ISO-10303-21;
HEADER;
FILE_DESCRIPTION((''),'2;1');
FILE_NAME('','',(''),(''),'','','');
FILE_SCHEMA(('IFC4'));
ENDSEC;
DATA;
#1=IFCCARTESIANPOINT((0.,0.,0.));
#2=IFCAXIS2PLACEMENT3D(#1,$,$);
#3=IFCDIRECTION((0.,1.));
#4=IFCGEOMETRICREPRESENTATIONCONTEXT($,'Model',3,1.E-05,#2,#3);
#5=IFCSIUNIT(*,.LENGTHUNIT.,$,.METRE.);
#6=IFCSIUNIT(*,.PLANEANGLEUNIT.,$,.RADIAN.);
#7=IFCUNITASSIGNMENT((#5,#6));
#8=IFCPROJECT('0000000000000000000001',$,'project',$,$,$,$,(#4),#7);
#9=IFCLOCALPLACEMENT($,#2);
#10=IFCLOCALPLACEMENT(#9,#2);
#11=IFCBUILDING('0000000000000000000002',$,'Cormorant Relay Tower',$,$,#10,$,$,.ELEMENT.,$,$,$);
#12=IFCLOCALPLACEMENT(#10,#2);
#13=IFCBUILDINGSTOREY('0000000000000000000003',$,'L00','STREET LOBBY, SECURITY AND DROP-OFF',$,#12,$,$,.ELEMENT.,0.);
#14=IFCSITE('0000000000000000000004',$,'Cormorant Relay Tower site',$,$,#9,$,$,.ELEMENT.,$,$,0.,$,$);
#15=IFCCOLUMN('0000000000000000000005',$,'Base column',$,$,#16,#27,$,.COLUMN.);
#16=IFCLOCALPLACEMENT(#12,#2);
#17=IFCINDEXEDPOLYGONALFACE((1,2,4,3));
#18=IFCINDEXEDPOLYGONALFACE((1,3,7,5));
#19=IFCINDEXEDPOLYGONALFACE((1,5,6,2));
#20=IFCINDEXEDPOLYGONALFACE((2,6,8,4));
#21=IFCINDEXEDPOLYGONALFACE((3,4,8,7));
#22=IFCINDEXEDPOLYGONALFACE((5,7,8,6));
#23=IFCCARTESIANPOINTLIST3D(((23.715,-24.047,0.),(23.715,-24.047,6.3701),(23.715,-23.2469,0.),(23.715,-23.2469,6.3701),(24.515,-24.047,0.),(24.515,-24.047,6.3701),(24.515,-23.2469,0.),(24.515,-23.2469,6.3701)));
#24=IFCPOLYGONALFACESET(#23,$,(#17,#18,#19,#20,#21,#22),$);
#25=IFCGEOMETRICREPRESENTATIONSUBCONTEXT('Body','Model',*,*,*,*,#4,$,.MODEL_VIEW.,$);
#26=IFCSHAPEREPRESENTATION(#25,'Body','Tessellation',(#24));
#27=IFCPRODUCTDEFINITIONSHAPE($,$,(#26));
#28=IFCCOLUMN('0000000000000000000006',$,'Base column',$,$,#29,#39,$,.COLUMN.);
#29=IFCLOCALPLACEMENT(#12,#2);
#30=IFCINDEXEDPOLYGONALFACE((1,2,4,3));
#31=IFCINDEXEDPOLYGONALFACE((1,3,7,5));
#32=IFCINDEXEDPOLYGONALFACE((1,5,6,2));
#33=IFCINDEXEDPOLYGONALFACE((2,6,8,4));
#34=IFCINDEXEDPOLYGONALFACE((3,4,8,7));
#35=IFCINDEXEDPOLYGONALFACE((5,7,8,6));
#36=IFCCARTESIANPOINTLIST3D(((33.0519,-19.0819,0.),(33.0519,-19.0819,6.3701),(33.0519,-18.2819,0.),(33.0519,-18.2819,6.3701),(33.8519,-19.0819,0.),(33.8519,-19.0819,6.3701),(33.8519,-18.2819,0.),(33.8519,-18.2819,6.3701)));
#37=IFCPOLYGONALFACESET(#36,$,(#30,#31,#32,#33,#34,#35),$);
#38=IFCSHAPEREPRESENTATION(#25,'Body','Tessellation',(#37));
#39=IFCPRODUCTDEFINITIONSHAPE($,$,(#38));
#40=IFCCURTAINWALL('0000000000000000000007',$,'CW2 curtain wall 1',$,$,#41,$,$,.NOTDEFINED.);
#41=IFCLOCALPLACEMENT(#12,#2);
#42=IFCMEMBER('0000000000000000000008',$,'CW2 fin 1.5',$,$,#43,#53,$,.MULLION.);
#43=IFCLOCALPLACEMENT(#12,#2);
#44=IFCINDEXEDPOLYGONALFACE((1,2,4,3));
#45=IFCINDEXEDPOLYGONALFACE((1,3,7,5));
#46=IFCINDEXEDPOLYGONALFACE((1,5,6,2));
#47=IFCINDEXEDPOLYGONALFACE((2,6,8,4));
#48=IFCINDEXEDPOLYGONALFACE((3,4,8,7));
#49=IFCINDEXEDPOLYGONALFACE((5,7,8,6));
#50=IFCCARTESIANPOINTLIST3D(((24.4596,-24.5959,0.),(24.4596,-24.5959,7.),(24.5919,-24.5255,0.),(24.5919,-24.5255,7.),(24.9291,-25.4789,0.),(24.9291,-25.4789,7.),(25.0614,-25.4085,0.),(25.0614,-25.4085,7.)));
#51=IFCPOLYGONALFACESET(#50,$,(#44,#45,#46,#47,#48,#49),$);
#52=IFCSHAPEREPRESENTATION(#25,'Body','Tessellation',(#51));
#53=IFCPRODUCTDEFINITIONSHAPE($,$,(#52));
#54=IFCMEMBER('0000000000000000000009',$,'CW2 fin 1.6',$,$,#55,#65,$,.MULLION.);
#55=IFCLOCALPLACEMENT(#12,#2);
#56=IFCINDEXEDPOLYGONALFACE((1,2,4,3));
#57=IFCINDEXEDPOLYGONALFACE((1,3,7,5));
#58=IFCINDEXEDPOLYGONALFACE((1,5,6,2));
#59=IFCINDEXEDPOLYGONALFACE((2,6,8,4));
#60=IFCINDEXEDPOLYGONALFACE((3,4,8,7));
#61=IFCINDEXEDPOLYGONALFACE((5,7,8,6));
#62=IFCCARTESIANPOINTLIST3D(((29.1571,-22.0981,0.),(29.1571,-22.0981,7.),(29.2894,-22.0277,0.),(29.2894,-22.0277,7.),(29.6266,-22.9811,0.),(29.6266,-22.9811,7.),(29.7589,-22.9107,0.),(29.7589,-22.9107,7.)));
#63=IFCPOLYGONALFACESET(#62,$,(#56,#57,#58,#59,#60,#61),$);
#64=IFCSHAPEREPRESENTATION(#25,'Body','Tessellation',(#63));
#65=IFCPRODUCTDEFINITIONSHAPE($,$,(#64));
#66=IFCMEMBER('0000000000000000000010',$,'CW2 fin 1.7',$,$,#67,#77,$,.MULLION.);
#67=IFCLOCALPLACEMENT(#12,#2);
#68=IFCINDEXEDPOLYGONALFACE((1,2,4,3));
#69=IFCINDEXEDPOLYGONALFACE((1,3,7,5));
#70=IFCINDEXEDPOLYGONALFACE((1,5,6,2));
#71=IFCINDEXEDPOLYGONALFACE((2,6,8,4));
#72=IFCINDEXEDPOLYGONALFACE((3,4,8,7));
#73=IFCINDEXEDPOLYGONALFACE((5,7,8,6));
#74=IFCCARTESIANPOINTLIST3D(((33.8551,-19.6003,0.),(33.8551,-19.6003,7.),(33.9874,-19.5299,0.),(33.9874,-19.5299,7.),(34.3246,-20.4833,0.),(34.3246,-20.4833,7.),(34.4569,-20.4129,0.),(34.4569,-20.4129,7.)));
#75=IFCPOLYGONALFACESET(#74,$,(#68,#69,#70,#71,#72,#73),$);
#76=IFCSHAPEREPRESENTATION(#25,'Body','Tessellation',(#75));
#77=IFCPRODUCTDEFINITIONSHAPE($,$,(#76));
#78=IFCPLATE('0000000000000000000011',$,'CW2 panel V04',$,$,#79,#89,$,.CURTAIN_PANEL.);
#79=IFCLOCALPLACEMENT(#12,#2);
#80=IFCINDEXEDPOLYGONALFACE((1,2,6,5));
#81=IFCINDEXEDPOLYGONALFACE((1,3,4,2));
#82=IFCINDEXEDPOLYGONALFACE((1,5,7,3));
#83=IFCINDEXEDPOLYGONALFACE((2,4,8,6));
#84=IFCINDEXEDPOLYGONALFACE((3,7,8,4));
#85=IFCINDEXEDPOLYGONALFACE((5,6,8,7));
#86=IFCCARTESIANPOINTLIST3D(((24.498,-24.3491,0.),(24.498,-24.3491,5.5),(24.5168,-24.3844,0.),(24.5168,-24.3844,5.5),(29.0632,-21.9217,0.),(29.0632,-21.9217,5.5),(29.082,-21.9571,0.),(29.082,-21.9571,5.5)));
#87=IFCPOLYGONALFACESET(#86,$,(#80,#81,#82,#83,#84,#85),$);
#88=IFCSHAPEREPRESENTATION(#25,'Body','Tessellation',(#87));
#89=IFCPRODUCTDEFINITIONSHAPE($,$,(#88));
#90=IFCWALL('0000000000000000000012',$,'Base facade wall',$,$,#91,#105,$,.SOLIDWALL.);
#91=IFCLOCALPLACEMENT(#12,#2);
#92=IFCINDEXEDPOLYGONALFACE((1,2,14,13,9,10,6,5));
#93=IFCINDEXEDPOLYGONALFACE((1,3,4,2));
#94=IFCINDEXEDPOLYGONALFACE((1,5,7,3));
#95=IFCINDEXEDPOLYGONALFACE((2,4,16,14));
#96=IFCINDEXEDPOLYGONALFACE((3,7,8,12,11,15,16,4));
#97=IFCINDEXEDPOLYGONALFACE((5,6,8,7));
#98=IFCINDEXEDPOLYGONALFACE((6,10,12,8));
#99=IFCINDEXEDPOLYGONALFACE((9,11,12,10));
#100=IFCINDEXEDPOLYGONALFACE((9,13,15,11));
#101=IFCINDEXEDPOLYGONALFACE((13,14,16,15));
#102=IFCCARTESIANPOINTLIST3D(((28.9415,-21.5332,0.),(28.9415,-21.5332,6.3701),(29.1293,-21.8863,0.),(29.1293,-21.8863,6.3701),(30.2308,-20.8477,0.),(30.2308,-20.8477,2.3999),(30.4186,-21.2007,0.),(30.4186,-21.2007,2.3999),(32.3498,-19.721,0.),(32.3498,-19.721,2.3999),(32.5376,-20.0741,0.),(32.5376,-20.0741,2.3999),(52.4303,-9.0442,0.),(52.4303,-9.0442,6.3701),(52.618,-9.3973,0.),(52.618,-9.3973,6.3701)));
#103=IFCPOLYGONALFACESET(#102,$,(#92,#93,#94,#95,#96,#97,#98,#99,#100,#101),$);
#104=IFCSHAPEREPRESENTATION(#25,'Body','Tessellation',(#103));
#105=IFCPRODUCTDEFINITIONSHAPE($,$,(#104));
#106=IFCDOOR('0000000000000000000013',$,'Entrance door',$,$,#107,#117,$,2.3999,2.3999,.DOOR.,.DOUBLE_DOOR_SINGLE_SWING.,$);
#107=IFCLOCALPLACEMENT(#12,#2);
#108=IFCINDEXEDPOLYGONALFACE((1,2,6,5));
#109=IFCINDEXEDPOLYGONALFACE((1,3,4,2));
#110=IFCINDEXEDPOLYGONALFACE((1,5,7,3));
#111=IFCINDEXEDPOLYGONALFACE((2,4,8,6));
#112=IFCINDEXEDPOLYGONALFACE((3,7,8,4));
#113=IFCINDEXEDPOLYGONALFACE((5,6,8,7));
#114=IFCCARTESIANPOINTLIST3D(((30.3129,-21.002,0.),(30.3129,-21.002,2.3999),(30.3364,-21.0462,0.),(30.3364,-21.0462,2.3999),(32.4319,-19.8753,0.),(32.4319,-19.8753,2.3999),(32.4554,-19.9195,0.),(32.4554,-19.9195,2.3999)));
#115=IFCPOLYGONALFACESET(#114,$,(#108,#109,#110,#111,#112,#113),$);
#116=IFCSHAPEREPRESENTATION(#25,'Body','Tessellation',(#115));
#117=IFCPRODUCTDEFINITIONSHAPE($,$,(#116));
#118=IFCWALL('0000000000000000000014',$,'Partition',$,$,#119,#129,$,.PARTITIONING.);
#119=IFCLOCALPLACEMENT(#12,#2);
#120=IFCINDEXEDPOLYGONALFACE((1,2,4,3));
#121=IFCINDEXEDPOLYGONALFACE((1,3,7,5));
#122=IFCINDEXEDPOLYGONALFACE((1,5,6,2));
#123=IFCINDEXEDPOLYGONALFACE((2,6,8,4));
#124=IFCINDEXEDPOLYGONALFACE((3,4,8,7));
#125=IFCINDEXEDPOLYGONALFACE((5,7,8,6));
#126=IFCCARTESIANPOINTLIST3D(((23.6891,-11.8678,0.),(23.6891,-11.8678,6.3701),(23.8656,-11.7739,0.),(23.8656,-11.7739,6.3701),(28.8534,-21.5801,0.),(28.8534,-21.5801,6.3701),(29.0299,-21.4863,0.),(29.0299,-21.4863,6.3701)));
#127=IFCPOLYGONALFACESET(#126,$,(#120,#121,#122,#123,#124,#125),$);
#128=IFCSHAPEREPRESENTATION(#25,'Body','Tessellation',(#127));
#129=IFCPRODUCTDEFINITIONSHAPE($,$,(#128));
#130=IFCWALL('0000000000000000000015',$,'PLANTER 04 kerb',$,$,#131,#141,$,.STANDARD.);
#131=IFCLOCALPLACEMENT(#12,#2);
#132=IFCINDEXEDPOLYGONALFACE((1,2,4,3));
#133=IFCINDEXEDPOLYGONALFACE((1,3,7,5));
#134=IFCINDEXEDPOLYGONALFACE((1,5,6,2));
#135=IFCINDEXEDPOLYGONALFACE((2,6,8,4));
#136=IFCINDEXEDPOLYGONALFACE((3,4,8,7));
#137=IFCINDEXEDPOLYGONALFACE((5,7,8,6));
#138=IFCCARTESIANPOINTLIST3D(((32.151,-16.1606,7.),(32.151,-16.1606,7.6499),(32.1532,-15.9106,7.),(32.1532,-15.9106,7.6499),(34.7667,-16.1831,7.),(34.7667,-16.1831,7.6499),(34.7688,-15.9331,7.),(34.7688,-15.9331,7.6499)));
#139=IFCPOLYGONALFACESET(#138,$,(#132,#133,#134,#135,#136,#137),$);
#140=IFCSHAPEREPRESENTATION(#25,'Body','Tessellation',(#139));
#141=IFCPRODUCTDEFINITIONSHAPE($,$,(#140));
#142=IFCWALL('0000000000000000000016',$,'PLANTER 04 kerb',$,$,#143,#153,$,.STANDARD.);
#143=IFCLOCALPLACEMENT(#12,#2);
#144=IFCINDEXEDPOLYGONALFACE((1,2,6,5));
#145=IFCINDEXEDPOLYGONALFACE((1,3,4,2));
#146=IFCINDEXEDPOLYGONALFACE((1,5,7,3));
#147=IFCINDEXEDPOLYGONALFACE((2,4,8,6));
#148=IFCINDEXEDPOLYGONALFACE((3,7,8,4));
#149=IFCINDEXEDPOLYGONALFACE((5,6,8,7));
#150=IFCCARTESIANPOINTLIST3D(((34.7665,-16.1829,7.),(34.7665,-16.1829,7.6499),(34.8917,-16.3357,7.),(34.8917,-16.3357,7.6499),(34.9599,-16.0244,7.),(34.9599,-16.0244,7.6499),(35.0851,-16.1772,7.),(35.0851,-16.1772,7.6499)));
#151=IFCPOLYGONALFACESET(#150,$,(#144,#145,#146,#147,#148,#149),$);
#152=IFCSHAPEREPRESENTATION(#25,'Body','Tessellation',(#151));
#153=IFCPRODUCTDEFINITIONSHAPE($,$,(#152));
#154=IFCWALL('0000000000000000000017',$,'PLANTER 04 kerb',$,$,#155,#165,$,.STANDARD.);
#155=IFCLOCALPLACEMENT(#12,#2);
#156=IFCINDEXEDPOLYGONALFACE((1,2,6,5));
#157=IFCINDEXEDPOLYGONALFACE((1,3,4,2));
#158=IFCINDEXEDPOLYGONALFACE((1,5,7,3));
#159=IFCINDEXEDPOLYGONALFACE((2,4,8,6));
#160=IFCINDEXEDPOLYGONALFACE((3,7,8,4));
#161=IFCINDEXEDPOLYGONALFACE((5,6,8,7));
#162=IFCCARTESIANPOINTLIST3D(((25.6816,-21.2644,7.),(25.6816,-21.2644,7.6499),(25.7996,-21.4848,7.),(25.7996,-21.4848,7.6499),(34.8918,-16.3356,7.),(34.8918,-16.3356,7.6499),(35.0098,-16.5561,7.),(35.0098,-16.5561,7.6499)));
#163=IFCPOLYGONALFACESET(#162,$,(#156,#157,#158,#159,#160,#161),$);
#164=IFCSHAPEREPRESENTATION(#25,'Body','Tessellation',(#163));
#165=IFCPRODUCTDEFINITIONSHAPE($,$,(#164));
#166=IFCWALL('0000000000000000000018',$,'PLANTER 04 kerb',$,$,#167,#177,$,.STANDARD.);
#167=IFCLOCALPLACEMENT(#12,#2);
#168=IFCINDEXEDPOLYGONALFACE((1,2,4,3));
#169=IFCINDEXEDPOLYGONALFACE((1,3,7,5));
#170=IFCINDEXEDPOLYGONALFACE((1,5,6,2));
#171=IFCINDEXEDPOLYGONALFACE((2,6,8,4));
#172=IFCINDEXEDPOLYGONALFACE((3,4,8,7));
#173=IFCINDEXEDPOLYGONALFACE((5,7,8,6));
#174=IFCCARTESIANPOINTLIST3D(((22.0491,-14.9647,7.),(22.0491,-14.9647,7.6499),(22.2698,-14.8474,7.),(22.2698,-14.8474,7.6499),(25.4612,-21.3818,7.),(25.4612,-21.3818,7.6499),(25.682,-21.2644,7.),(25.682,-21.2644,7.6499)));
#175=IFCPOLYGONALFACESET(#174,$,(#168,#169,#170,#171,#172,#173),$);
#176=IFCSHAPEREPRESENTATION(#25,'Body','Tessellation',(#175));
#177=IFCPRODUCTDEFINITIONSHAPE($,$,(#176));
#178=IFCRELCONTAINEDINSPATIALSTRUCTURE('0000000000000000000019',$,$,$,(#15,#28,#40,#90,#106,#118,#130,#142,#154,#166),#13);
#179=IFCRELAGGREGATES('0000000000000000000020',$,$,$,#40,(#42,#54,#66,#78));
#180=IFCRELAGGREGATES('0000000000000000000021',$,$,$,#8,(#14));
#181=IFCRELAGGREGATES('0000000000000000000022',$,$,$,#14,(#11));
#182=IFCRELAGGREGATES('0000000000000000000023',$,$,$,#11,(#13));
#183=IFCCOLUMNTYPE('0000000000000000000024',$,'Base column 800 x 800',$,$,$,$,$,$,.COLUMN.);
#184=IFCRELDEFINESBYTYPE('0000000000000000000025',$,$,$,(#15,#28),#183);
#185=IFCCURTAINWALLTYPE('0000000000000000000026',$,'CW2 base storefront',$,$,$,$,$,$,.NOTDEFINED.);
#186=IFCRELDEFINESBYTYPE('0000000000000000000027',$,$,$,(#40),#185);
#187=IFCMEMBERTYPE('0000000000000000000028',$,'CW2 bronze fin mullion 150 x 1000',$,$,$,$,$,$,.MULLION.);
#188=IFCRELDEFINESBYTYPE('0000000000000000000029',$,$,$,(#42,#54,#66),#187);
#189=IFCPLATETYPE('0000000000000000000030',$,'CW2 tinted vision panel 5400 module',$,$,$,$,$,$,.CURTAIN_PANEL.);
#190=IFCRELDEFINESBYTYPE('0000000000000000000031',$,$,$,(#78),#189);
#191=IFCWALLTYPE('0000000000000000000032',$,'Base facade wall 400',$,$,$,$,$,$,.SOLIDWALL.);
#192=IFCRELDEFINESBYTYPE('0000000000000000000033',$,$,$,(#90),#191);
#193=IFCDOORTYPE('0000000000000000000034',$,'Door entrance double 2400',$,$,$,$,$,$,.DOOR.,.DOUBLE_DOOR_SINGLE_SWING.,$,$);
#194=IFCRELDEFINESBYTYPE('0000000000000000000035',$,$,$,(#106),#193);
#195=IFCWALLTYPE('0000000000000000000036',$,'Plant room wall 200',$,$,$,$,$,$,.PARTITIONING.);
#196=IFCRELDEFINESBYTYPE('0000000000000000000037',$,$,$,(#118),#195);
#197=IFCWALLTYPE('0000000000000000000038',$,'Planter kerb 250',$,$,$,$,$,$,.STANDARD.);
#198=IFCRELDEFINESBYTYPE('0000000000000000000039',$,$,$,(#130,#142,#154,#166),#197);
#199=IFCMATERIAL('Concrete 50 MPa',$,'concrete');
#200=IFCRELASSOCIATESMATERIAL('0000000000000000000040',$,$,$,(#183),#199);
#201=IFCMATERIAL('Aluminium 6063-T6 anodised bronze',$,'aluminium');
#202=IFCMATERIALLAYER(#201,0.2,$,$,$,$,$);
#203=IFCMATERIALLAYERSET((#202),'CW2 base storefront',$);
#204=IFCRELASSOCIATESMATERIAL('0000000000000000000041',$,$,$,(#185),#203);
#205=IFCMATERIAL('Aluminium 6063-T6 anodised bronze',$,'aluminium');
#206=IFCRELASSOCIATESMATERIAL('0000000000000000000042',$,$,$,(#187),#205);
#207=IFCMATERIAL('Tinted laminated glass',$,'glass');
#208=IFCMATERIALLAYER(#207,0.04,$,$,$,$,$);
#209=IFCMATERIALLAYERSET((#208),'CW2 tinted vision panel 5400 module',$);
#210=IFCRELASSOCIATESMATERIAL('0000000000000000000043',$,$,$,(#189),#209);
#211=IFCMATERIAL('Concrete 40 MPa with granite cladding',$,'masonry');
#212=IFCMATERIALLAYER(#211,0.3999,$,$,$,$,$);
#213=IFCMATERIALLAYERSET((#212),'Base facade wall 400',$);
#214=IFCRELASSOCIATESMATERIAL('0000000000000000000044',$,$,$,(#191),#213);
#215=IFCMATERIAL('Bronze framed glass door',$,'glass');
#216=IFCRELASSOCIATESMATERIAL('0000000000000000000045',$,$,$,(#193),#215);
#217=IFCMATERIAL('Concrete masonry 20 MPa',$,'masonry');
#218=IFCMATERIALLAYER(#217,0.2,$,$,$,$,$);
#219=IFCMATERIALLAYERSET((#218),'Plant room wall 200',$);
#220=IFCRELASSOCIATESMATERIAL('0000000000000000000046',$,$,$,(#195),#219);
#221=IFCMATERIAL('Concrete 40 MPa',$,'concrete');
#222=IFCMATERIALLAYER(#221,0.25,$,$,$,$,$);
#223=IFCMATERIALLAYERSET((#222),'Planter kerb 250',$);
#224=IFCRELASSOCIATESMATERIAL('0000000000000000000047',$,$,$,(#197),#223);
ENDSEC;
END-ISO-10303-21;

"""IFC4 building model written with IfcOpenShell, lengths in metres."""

from ifc_helpers import new_model, si_unit, direction, frame, frame_2d, origin, origin_2d, place, context, subcontext, project, spatial, rectangle, extrude, material, layer, layer_set, material_profile, profile_set, type_object, element, fill, aggregate, save


model = new_model("IFC4")

# Units and contexts
model_context = context("Model", 3, precision=1e-05, world=origin(), true_north=direction((0.0, 1.0)))
body_context = subcontext(model_context, "Body", "Model", "MODEL_VIEW")
ifc_project = project(units=[si_unit("LENGTHUNIT", "METRE"), si_unit("PLANEANGLEUNIT", "RADIAN")], contexts=[model_context])

# Site, building, storey
site_placement = place(None, origin())
site = spatial("IfcSite", under=ifc_project, at=site_placement, Name="Cormorant Relay Tower site", CompositionType="ELEMENT", RefElevation=0.0)
building_placement = place(site_placement, origin())
building = spatial("IfcBuilding", under=site, at=building_placement, Name="Cormorant Relay Tower", CompositionType="ELEMENT")
storey_placement = place(building_placement, origin())
storey = spatial("IfcBuildingStorey", under=building, at=storey_placement, Name="L00", Description="STREET LOBBY, SECURITY AND DROP-OFF", CompositionType="ELEMENT", Elevation=0.0)

# Columns
ifc_material_1 = material(Name="Concrete 50 MPa", Category="concrete")
ifc_material_profile_1 = material_profile(ifc_material_1, rectangle(XDim=0.8, YDim=0.8, at=origin_2d()), Name="RC 800x800")
ifc_profile_set_1 = profile_set([ifc_material_profile_1], Name="Concrete 50 MPa")
column_type = type_object("IfcColumnType", Name="Base column 800 x 800", PredefinedType="COLUMN", material=ifc_profile_set_1)
for number, where, z_axis, x_axis, name in (
    (1, (24.115, -23.647, 0.0), (0.0, 0.0, 1.0), (1.0, 0.0, 0.0), "Base column"),
    (2, (33.4519, -18.6819, 0.0), (0.0, 0.0, 1.0), (1.0, 0.0, 0.0), "Base column"),
):
    element("IfcColumn", number, at=place(storey_placement, frame(where, z_axis=z_axis, x_axis=x_axis)), inside=storey, type_object=column_type, Name=name, PredefinedType="COLUMN", context=body_context, shape_type="SweptSolid", body=[
        extrude(rectangle(XDim=0.8, YDim=0.8, at=origin_2d()), origin(), (0.0, 0.0, 1.0), 6.3701),
    ])

# Curtain wall, members, plate
ifc_material_2 = material(Name="Aluminium 6063-T6 anodised bronze", Category="aluminium")
ifc_layer_1 = layer(ifc_material_2, 0.2)
ifc_layer_set_1 = layer_set([ifc_layer_1], Name="CW2 base storefront")
curtain_wall_type = type_object("IfcCurtainWallType", Name="CW2 base storefront", PredefinedType="NOTDEFINED", material=ifc_layer_set_1)
curtain_wall_placement = place(storey_placement, origin())
curtain_wall = element("IfcCurtainWall", 3, at=curtain_wall_placement, inside=storey, type_object=curtain_wall_type, Name="CW2 curtain wall 1", PredefinedType="NOTDEFINED")
ifc_material_3 = material(Name="Aluminium 6063-T6 anodised bronze", Category="aluminium")
ifc_material_profile_2 = material_profile(ifc_material_3, rectangle(XDim=0.1499, YDim=1.0, at=origin_2d()), Name="AL 150x1000")
ifc_profile_set_2 = profile_set([ifc_material_profile_2], Name="Aluminium 6063-T6 anodised bronze")
member_type = type_object("IfcMemberType", Name="CW2 bronze fin mullion 150 x 1000", PredefinedType="MULLION", material=ifc_profile_set_2)
member_1_placement = place(storey_placement, frame((24.7605, -25.0022, 0.0), z_axis=(0.0, 0.0, 1.0), x_axis=(0.882948, 0.469472, 0.0)))
member_1 = element("IfcMember", 4, at=member_1_placement, type_object=member_type, Name="CW2 fin 1.5", PredefinedType="MULLION", context=body_context, shape_type="SweptSolid", body=[
    extrude(rectangle(XDim=0.1499, YDim=1.0, at=origin_2d()), origin(), (0.0, 0.0, 1.0), 7.0),
])
member_2_placement = place(storey_placement, frame((29.458, -22.5044, 0.0), z_axis=(0.0, 0.0, 1.0), x_axis=(0.882948, 0.469472, 0.0)))
member_2 = element("IfcMember", 5, at=member_2_placement, type_object=member_type, Name="CW2 fin 1.6", PredefinedType="MULLION", context=body_context, shape_type="SweptSolid", body=[
    extrude(rectangle(XDim=0.1499, YDim=1.0, at=origin_2d()), origin(), (0.0, 0.0, 1.0), 7.0),
])
member_3_placement = place(storey_placement, frame((34.156, -20.0066, 0.0), z_axis=(0.0, 0.0, 1.0), x_axis=(0.882948, 0.469472, 0.0)))
member_3 = element("IfcMember", 6, at=member_3_placement, type_object=member_type, Name="CW2 fin 1.7", PredefinedType="MULLION", context=body_context, shape_type="SweptSolid", body=[
    extrude(rectangle(XDim=0.1499, YDim=1.0, at=origin_2d()), origin(), (0.0, 0.0, 1.0), 7.0),
])
ifc_material_4 = material(Name="Tinted laminated glass", Category="glass")
ifc_layer_2 = layer(ifc_material_4, 0.04)
ifc_layer_set_2 = layer_set([ifc_layer_2], Name="CW2 tinted vision panel 5400 module")
plate_type = type_object("IfcPlateType", Name="CW2 tinted vision panel 5400 module", PredefinedType="CURTAIN_PANEL", material=ifc_layer_set_2)
plate_placement = place(storey_placement, frame((26.79, -23.1531, 0.0), z_axis=(0.0, 0.0, 1.0), x_axis=(0.882948, 0.469472, 0.0)))
plate = element("IfcPlate", 7, at=plate_placement, type_object=plate_type, Name="CW2 panel V04", PredefinedType="CURTAIN_PANEL", context=body_context, shape_type="SweptSolid", body=[
    extrude(rectangle(XDim=5.1704, YDim=0.04, at=origin_2d()), origin(), (0.0, 0.0, 1.0), 5.5),
])
aggregate(curtain_wall, [member_1, member_2, member_3, plate])

# Wall, opening, door
ifc_material_5 = material(Name="Concrete 40 MPa with granite cladding", Category="masonry")
ifc_layer_3 = layer(ifc_material_5, 0.3999)
ifc_layer_set_3 = layer_set([ifc_layer_3], Name="Base facade wall 400")
wall_type_1 = type_object("IfcWallType", Name="Base facade wall 400", PredefinedType="SOLIDWALL", material=ifc_layer_set_3)
wall_1_placement = place(storey_placement, frame((29.0354, -21.7097, 0.0), z_axis=(0.0, 0.0, 1.0), x_axis=(0.882951, 0.469466, 0.0)))
wall_1 = element("IfcWall", 8, at=wall_1_placement, inside=storey, type_object=wall_type_1, Name="Base facade wall", PredefinedType="SOLIDWALL", context=body_context, shape_type="SweptSolid", body=[
    extrude(rectangle(XDim=26.6025, YDim=0.3999, at=frame_2d((13.3013, 0.0))), origin(), (0.0, 0.0, 1.0), 6.3701),
])
opening_placement = place(wall_1_placement, frame((1.4602, 0.0, 0.0)))
opening = element("IfcOpeningElement", 9, at=opening_placement, cuts=wall_1, PredefinedType="OPENING", context=body_context, shape_type="SweptSolid", body=[
    extrude(rectangle(XDim=2.3999, YDim=2.3999, at=frame_2d((1.2, 1.2))), frame((0.0, 0.21, 0.0), z_axis=(0.0, -1.0, 0.0), x_axis=(1.0, 0.0, 0.0)), (0.0, 0.0, 1.0), 0.4199),
])
ifc_material_6 = material(Name="Bronze framed glass door", Category="glass")
door_type = type_object("IfcDoorType", Name="Door entrance double 2400", OperationType="DOUBLE_DOOR_SINGLE_SWING", PredefinedType="DOOR", material=ifc_material_6)
door_placement = place(opening_placement, frame((2.3999, 0.0, 0.0), z_axis=(0.0, 0.0, 1.0), x_axis=(-1.0, 0.0, 0.0)))
door = element("IfcDoor", 10, at=door_placement, inside=storey, type_object=door_type, Name="Entrance door", OperationType="DOUBLE_DOOR_SINGLE_SWING", OverallHeight=2.3999, OverallWidth=2.3999, PredefinedType="DOOR", context=body_context, shape_type="SweptSolid", body=[
    extrude(rectangle(XDim=2.3999, YDim=2.3999, at=frame_2d((1.2, 1.2))), frame((0.0, 0.0249, 0.0), z_axis=(0.0, -1.0, 0.0), x_axis=(1.0, 0.0, 0.0)), (0.0, 0.0, 1.0), 0.05),
])
fill(opening, door)

# Walls
ifc_material_7 = material(Name="Concrete masonry 20 MPa", Category="masonry")
ifc_layer_4 = layer(ifc_material_7, 0.2)
ifc_layer_set_4 = layer_set([ifc_layer_4], Name="Plant room wall 200")
wall_type_2 = type_object("IfcWallType", Name="Plant room wall 200", PredefinedType="PARTITIONING", material=ifc_layer_set_4)
wall_2_placement = place(storey_placement, frame((28.9417, -21.5332, 0.0), z_axis=(0.0, 0.0, 1.0), x_axis=(-0.469481, 0.882943, 0.0)))
element("IfcWall", 11, at=wall_2_placement, inside=storey, type_object=wall_type_2, Name="Partition", PredefinedType="PARTITIONING", context=body_context, shape_type="SweptSolid", body=[
    extrude(rectangle(XDim=11.0, YDim=0.2, at=frame_2d((5.5, 0.0))), origin(), (0.0, 0.0, 1.0), 6.3701),
])
ifc_material_8 = material(Name="Concrete 40 MPa", Category="concrete")
ifc_layer_5 = layer(ifc_material_8, 0.25)
ifc_layer_set_5 = layer_set([ifc_layer_5], Name="Planter kerb 250")
wall_type_3 = type_object("IfcWallType", Name="Planter kerb 250", PredefinedType="STANDARD", material=ifc_layer_set_5)
wall_3_placement = place(storey_placement, frame((32.1521, -16.0356, 7.0), z_axis=(0.0, 0.0, 1.0), x_axis=(0.999963, -0.008587, 0.0)))
element("IfcWall", 12, at=wall_3_placement, inside=storey, type_object=wall_type_3, Name="PLANTER 04 kerb", PredefinedType="STANDARD", context=body_context, shape_type="SweptSolid", body=[
    extrude(rectangle(XDim=2.6157, YDim=0.25, at=frame_2d((1.3079, 0.0))), origin(), (0.0, 0.0, 1.0), 0.6499),
])
wall_4_placement = place(storey_placement, frame((34.8633, -16.1038, 7.0), z_axis=(0.0, 0.0, 1.0), x_axis=(0.633843, -0.773462, 0.0)))
element("IfcWall", 13, at=wall_4_placement, inside=storey, type_object=wall_type_3, Name="PLANTER 04 kerb", PredefinedType="STANDARD", context=body_context, shape_type="SweptSolid", body=[
    extrude(rectangle(XDim=0.1975, YDim=0.25, at=frame_2d((0.0986, 0.0))), origin(), (0.0, 0.0, 1.0), 0.6499),
])
wall_5_placement = place(storey_placement, frame((34.9509, -16.4458, 7.0), z_axis=(0.0, 0.0, 1.0), x_axis=(-0.881692, -0.471825, 0.0)))
element("IfcWall", 14, at=wall_5_placement, inside=storey, type_object=wall_type_3, Name="PLANTER 04 kerb", PredefinedType="STANDARD", context=body_context, shape_type="SweptSolid", body=[
    extrude(rectangle(XDim=10.446, YDim=0.25, at=frame_2d((5.2231, 0.0))), origin(), (0.0, 0.0, 1.0), 0.6499),
])
wall_6_placement = place(storey_placement, frame((25.5715, -21.323, 7.0), z_axis=(0.0, 0.0, 1.0), x_axis=(-0.469486, 0.88294, 0.0)))
element("IfcWall", 15, at=wall_6_placement, inside=storey, type_object=wall_type_3, Name="PLANTER 04 kerb", PredefinedType="STANDARD", context=body_context, shape_type="SweptSolid", body=[
    extrude(rectangle(XDim=7.2678, YDim=0.25, at=frame_2d((3.6338, 0.0))), origin(), (0.0, 0.0, 1.0), 0.6499),
])

save(model, "model.ifc")
